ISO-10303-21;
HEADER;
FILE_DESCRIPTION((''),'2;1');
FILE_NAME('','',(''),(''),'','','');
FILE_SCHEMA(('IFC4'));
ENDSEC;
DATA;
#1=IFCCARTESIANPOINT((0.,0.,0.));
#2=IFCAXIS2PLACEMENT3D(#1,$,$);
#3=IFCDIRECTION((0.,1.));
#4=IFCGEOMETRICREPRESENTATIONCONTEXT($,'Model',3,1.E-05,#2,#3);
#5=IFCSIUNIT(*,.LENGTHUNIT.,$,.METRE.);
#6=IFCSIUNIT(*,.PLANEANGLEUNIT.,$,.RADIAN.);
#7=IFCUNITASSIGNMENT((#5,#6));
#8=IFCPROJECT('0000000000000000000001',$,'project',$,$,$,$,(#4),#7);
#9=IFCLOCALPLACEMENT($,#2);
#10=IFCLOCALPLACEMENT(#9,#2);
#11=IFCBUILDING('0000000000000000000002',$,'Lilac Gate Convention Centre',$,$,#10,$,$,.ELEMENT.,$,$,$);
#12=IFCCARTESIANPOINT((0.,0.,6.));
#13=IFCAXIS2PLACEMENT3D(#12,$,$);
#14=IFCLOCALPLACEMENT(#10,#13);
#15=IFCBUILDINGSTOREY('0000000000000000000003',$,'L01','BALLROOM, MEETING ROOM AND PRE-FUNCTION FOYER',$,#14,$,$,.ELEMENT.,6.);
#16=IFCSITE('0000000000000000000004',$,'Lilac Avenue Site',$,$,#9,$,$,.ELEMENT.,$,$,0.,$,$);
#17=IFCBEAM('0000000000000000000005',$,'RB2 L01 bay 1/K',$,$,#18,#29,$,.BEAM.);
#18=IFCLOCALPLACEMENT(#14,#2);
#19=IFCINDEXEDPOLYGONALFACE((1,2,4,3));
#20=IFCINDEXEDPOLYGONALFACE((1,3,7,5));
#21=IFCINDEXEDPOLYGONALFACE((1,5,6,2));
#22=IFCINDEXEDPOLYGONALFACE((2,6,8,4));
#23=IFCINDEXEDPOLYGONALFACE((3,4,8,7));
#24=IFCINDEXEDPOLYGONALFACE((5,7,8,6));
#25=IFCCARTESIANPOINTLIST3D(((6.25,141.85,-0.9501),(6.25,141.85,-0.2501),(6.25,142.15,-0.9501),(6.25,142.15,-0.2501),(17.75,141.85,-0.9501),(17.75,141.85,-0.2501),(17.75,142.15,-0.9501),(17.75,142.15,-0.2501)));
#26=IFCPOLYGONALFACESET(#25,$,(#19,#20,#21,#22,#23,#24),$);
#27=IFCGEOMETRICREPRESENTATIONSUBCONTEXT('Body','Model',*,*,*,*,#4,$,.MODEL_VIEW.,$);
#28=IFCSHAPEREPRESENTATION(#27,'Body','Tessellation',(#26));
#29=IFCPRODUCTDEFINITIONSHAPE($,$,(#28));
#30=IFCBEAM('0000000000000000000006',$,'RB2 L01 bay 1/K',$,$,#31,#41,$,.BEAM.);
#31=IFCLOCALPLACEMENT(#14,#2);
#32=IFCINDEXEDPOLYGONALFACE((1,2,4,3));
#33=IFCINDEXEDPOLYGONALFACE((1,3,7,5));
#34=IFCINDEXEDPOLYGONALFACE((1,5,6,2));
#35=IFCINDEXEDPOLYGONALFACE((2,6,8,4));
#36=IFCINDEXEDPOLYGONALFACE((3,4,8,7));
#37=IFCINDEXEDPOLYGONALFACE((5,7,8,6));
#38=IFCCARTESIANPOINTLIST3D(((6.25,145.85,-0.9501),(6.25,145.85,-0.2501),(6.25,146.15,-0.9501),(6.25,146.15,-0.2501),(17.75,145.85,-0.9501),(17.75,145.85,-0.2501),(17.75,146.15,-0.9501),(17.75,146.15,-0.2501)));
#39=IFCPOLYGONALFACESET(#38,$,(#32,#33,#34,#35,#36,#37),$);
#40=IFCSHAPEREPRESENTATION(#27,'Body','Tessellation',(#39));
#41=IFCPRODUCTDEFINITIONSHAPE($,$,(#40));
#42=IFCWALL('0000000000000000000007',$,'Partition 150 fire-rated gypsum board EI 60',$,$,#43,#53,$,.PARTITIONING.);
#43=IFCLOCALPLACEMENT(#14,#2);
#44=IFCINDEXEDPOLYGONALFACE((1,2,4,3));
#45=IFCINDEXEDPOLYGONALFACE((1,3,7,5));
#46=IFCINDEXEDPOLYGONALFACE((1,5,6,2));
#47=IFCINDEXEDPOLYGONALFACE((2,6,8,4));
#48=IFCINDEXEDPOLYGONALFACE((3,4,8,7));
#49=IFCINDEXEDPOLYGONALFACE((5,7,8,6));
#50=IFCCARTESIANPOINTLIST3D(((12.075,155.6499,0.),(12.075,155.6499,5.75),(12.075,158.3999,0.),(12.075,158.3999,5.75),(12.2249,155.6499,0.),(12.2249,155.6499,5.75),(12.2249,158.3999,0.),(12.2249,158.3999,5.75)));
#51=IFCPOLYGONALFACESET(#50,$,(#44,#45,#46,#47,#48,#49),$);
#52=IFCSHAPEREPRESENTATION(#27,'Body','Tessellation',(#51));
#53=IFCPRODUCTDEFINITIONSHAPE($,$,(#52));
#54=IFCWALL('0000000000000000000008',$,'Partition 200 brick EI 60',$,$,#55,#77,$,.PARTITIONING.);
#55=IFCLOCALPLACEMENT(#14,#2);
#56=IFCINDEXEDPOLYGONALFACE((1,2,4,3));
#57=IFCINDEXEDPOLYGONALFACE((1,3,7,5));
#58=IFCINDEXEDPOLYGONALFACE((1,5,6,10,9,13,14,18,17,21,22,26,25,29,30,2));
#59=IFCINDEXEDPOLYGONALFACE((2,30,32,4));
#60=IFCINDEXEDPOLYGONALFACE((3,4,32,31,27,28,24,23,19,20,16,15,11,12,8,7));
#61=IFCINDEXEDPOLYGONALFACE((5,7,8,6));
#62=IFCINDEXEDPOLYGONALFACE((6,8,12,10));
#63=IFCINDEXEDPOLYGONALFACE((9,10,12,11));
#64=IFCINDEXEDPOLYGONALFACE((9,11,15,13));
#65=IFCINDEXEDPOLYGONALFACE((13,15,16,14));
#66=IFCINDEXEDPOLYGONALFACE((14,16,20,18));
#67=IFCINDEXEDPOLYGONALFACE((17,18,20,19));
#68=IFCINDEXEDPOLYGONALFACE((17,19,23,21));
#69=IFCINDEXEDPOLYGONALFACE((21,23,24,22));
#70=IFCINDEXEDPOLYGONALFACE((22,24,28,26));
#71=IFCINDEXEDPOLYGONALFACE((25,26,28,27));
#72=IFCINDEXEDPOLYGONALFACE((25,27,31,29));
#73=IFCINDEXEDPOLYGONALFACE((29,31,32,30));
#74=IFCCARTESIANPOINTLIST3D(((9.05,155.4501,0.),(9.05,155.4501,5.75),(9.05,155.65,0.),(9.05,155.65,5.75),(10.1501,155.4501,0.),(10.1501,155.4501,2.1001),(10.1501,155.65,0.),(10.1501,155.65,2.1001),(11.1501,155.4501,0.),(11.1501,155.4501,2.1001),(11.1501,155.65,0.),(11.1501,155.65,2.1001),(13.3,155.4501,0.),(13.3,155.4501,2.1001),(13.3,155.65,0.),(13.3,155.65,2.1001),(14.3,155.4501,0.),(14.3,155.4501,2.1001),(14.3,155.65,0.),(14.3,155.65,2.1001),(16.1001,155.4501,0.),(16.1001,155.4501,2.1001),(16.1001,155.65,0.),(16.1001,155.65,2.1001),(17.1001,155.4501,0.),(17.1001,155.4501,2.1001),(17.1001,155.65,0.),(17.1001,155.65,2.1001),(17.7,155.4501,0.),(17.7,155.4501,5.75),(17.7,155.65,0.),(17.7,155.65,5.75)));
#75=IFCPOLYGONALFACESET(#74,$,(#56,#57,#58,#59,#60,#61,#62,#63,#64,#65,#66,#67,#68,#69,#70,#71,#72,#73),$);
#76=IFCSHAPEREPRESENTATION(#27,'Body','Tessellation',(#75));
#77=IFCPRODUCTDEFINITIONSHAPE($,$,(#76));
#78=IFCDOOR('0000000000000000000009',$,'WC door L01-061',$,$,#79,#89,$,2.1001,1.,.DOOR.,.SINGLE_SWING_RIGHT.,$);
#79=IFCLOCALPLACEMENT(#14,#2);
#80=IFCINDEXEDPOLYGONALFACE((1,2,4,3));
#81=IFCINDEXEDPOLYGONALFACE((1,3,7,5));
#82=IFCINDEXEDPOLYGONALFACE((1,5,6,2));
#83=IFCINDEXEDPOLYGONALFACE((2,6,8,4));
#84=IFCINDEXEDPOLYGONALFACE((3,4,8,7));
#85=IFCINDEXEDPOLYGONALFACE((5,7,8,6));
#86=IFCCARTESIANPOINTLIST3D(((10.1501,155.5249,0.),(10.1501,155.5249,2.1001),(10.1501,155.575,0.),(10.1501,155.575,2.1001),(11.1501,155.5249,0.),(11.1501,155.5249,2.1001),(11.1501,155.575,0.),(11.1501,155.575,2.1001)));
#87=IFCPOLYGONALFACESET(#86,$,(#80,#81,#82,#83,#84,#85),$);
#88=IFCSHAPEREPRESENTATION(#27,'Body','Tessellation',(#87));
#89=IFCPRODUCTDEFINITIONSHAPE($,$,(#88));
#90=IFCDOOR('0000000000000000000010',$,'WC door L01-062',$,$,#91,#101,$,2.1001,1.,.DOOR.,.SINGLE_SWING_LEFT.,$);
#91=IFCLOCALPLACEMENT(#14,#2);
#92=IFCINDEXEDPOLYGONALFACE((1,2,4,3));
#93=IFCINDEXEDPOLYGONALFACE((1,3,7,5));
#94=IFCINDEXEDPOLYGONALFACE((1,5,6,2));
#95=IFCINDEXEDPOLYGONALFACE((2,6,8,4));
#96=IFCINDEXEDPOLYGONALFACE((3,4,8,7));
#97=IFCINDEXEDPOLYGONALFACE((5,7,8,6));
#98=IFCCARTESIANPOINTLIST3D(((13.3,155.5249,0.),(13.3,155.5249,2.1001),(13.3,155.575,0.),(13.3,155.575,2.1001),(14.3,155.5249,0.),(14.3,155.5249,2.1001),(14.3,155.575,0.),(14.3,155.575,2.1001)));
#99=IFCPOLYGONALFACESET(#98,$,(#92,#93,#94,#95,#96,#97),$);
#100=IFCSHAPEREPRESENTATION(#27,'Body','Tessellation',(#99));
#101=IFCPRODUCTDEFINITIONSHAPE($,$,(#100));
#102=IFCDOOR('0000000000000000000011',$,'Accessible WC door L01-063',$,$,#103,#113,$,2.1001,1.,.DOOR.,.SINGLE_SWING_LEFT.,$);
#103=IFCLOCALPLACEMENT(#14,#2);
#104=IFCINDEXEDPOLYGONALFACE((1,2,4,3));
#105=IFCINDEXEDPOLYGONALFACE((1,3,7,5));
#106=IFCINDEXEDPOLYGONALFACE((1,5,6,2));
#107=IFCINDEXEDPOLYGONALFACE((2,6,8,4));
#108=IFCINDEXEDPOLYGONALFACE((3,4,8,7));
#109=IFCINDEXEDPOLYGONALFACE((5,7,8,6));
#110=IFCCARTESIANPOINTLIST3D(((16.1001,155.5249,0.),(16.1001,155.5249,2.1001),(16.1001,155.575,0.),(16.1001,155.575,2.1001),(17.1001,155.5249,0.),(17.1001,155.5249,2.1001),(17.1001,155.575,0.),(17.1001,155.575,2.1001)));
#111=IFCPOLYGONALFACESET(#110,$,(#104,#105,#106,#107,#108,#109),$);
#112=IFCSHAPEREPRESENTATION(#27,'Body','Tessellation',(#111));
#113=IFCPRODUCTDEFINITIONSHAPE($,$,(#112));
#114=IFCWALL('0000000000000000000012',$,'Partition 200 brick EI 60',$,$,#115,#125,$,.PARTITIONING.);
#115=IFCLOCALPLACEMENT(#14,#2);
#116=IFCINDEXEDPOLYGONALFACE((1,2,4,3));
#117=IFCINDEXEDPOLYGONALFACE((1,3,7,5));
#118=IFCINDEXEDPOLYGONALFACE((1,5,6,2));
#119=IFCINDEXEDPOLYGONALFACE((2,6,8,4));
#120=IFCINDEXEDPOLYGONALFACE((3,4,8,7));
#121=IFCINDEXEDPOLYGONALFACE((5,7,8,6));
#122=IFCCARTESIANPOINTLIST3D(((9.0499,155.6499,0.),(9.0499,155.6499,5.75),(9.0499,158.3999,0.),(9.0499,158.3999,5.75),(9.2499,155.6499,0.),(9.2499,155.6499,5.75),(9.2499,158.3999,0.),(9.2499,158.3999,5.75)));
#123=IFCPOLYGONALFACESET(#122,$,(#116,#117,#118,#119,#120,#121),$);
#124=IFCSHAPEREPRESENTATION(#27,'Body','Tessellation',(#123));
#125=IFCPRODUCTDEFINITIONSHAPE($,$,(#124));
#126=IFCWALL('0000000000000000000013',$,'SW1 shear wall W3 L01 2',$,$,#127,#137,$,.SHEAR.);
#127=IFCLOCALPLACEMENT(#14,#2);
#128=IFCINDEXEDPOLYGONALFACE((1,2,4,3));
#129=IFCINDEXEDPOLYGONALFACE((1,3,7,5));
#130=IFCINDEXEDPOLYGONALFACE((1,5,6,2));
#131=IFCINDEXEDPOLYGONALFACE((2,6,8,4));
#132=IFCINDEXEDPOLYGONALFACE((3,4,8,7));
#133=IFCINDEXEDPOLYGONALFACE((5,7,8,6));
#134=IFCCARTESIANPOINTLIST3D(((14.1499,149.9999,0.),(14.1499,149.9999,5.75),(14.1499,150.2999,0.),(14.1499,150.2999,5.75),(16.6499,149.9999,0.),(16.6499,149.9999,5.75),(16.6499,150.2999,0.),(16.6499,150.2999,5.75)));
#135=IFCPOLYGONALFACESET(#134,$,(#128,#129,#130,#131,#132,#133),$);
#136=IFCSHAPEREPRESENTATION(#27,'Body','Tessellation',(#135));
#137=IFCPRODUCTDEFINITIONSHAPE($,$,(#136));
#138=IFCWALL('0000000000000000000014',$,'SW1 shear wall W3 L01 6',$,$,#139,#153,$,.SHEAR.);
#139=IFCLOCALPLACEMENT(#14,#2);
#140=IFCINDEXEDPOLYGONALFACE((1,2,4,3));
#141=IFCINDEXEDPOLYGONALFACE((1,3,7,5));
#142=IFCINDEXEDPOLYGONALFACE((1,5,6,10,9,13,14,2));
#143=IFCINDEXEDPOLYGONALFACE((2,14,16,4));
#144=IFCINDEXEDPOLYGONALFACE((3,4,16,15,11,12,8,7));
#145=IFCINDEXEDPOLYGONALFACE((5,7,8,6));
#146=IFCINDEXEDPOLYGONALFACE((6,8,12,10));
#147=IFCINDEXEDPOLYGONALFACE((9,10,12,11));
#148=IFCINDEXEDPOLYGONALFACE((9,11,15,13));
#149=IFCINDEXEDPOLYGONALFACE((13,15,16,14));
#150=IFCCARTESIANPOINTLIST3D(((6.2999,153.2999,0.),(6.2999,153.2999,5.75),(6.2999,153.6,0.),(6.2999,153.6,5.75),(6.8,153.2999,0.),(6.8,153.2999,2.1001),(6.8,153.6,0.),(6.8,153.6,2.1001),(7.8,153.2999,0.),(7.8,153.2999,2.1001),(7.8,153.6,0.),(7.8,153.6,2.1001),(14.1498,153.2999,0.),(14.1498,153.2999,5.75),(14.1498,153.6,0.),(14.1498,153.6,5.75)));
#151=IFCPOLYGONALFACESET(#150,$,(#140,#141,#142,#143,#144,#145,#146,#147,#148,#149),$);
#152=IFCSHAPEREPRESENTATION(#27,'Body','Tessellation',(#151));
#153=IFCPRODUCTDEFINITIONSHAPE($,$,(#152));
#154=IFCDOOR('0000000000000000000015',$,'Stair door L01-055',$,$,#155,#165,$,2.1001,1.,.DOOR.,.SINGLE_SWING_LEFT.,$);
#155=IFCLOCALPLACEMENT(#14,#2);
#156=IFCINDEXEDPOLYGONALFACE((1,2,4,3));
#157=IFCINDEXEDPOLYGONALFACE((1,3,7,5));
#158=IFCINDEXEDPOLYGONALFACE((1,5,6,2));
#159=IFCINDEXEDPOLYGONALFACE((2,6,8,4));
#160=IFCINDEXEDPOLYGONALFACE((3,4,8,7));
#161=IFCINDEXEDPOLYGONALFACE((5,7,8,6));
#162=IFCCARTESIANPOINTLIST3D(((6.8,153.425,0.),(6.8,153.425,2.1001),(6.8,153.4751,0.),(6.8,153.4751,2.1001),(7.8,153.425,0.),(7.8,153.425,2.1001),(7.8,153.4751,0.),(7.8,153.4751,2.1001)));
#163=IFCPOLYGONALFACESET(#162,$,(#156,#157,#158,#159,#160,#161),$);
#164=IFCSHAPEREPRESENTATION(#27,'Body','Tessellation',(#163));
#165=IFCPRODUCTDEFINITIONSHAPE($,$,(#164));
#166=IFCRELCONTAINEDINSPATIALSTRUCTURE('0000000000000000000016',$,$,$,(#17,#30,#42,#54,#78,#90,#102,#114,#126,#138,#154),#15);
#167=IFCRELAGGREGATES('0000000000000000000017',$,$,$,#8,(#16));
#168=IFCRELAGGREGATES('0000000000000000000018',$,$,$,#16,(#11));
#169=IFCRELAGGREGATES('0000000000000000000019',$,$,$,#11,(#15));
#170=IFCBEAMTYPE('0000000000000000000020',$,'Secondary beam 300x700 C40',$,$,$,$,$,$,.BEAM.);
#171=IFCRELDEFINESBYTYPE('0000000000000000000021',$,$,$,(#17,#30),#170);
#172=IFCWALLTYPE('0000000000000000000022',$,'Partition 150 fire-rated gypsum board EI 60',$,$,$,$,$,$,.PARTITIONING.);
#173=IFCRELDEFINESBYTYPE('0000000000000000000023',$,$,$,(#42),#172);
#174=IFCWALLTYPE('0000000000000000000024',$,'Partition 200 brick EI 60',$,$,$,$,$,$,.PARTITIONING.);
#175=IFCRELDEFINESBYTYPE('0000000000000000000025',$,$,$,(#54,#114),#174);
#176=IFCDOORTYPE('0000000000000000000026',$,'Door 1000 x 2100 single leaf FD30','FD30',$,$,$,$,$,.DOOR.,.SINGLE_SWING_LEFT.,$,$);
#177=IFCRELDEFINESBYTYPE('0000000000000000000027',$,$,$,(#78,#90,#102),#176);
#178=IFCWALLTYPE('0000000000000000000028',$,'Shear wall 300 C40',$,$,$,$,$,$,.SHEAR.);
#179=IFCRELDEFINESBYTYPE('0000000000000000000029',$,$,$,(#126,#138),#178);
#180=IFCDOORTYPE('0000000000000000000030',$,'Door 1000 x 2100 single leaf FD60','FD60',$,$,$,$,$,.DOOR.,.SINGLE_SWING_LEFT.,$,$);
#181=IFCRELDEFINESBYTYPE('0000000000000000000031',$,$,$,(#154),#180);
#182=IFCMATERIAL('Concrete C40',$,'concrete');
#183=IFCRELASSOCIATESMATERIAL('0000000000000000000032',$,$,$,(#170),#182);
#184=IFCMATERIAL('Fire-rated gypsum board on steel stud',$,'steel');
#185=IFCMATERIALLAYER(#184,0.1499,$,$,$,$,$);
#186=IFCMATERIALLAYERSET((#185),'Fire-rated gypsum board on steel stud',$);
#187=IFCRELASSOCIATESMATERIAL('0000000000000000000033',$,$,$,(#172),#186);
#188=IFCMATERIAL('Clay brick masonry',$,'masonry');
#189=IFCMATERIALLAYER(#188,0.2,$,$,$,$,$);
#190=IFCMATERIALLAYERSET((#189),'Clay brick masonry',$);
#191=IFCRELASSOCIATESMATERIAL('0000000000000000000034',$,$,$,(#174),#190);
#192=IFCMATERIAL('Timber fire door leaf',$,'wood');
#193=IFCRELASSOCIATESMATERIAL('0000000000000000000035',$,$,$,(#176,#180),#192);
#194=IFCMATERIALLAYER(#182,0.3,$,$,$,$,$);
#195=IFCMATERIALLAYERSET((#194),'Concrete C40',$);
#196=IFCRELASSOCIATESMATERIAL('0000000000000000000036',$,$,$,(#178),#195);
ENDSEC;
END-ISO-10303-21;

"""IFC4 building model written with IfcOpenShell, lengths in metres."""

from ifc_helpers import new_model, si_unit, direction, frame, frame_2d, origin, origin_2d, place, context, subcontext, project, spatial, rectangle, extrude, material, layer, layer_set, material_profile, profile_set, type_object, element, fill, save


model = new_model("IFC4")

# Units and contexts
model_context = context("Model", 3, precision=1e-05, world=origin(), true_north=direction((0.0, 1.0)))
body_context = subcontext(model_context, "Body", "Model", "MODEL_VIEW")
ifc_project = project(units=[si_unit("LENGTHUNIT", "METRE"), si_unit("PLANEANGLEUNIT", "RADIAN")], contexts=[model_context])

# Site, building, storey
site_placement = place(None, origin())
site = spatial("IfcSite", under=ifc_project, at=site_placement, Name="Lilac Avenue Site", CompositionType="ELEMENT", RefElevation=0.0)
building_placement = place(site_placement, origin())
building = spatial("IfcBuilding", under=site, at=building_placement, Name="Lilac Gate Convention Centre", CompositionType="ELEMENT")
storey_placement = place(building_placement, frame((0.0, 0.0, 6.0)))
storey = spatial("IfcBuildingStorey", under=building, at=storey_placement, Name="L01", Description="BALLROOM, MEETING ROOM AND PRE-FUNCTION FOYER", CompositionType="ELEMENT", Elevation=6.0)

# Beams
ifc_material_1 = material(Name="Concrete C40", Category="concrete")
ifc_material_profile = material_profile(ifc_material_1, rectangle(XDim=0.3, YDim=0.7, at=origin_2d()), Name="RC 300x700")
ifc_profile_set = profile_set([ifc_material_profile], Name="Concrete C40")
beam_type = type_object("IfcBeamType", Name="Secondary beam 300x700 C40", PredefinedType="BEAM", material=ifc_profile_set)
for number, where, z_axis, x_axis, name in (
    (1, (6.25, 142.0, -0.6001), (1.0, 0.0, 0.0), (0.0, 1.0, 0.0), "RB2 L01 bay 1/K"),
    (2, (6.25, 146.0, -0.6001), (1.0, 0.0, 0.0), (0.0, 1.0, 0.0), "RB2 L01 bay 1/K"),
):
    element("IfcBeam", number, at=place(storey_placement, frame(where, z_axis=z_axis, x_axis=x_axis)), inside=storey, type_object=beam_type, Name=name, PredefinedType="BEAM", context=body_context, shape_type="SweptSolid", body=[
        extrude(rectangle(XDim=0.3, YDim=0.7, at=origin_2d()), origin(), (0.0, 0.0, 1.0), 11.5),
    ])

# Wall
ifc_material_2 = material(Name="Fire-rated gypsum board on steel stud", Category="steel")
ifc_layer_1 = layer(ifc_material_2, 0.1499)
ifc_layer_set_1 = layer_set([ifc_layer_1], Name="Fire-rated gypsum board on steel stud")
wall_type_1 = type_object("IfcWallType", Name="Partition 150 fire-rated gypsum board EI 60", PredefinedType="PARTITIONING", material=ifc_layer_set_1)
wall_1_placement = place(storey_placement, frame((12.1499, 155.6499, 0.0), z_axis=(0.0, 0.0, 1.0), x_axis=(0.0, 1.0, 0.0)))
element("IfcWall", 3, at=wall_1_placement, inside=storey, type_object=wall_type_1, Name="Partition 150 fire-rated gypsum board EI 60", PredefinedType="PARTITIONING", context=body_context, shape_type="SweptSolid", body=[
    extrude(rectangle(XDim=2.75, YDim=0.1499, at=frame_2d((1.375, 0.0))), origin(), (0.0, 0.0, 1.0), 5.75),
])

# Wall, openings, doors
ifc_material_3 = material(Name="Clay brick masonry", Category="masonry")
ifc_layer_2 = layer(ifc_material_3, 0.2)
ifc_layer_set_2 = layer_set([ifc_layer_2], Name="Clay brick masonry")
wall_type_2 = type_object("IfcWallType", Name="Partition 200 brick EI 60", PredefinedType="PARTITIONING", material=ifc_layer_set_2)
wall_2_placement = place(storey_placement, frame((9.05, 155.55, 0.0), z_axis=(0.0, 0.0, 1.0), x_axis=(1.0, 0.0, 0.0)))
wall_2 = element("IfcWall", 4, at=wall_2_placement, inside=storey, type_object=wall_type_2, Name="Partition 200 brick EI 60", PredefinedType="PARTITIONING", context=body_context, shape_type="SweptSolid", body=[
    extrude(rectangle(XDim=8.6499, YDim=0.2, at=frame_2d((4.325, 0.0))), origin(), (0.0, 0.0, 1.0), 5.75),
])
opening_1_placement = place(wall_2_placement, frame((1.1001, 0.0, 0.0)))
opening_1 = element("IfcOpeningElement", 5, at=opening_1_placement, cuts=wall_2, PredefinedType="OPENING", context=body_context, shape_type="SweptSolid", body=[
    extrude(rectangle(XDim=1.0, YDim=2.1001, at=frame_2d((0.5, 1.05))), frame((0.0, 0.1099, 0.0), z_axis=(0.0, -1.0, 0.0), x_axis=(1.0, 0.0, 0.0)), (0.0, 0.0, 1.0), 0.22),
])
opening_2_placement = place(wall_2_placement, frame((4.25, 0.0, 0.0)))
opening_2 = element("IfcOpeningElement", 6, at=opening_2_placement, cuts=wall_2, PredefinedType="OPENING", context=body_context, shape_type="SweptSolid", body=[
    extrude(rectangle(XDim=1.0, YDim=2.1001, at=frame_2d((0.5, 1.05))), frame((0.0, 0.1099, 0.0), z_axis=(0.0, -1.0, 0.0), x_axis=(1.0, 0.0, 0.0)), (0.0, 0.0, 1.0), 0.22),
])
opening_3_placement = place(wall_2_placement, frame((7.05, 0.0, 0.0)))
opening_3 = element("IfcOpeningElement", 7, at=opening_3_placement, cuts=wall_2, PredefinedType="OPENING", context=body_context, shape_type="SweptSolid", body=[
    extrude(rectangle(XDim=1.0, YDim=2.1001, at=frame_2d((0.5, 1.05))), frame((0.0, 0.1099, 0.0), z_axis=(0.0, -1.0, 0.0), x_axis=(1.0, 0.0, 0.0)), (0.0, 0.0, 1.0), 0.22),
])
ifc_material_4 = material(Name="Timber fire door leaf", Category="wood")
door_type_1 = type_object("IfcDoorType", Name="Door 1000 x 2100 single leaf FD30", Description="FD30", OperationType="SINGLE_SWING_LEFT", PredefinedType="DOOR", material=ifc_material_4)
door_1_placement = place(opening_1_placement, origin())
door_1 = element("IfcDoor", 8, at=door_1_placement, inside=storey, type_object=door_type_1, Name="WC door L01-061", OperationType="SINGLE_SWING_RIGHT", OverallHeight=2.1001, OverallWidth=1.0, PredefinedType="DOOR", context=body_context, shape_type="SweptSolid", body=[
    extrude(rectangle(XDim=1.0, YDim=2.1001, at=frame_2d((0.5, 1.05))), frame((0.0, 0.0249, 0.0), z_axis=(0.0, -1.0, 0.0), x_axis=(1.0, 0.0, 0.0)), (0.0, 0.0, 1.0), 0.05),
])
fill(opening_1, door_1)
door_2_placement = place(opening_2_placement, origin())
door_2 = element("IfcDoor", 9, at=door_2_placement, inside=storey, type_object=door_type_1, Name="WC door L01-062", OperationType="SINGLE_SWING_LEFT", OverallHeight=2.1001, OverallWidth=1.0, PredefinedType="DOOR", context=body_context, shape_type="SweptSolid", body=[
    extrude(rectangle(XDim=1.0, YDim=2.1001, at=frame_2d((0.5, 1.05))), frame((0.0, 0.0249, 0.0), z_axis=(0.0, -1.0, 0.0), x_axis=(1.0, 0.0, 0.0)), (0.0, 0.0, 1.0), 0.05),
])
fill(opening_2, door_2)
door_3_placement = place(opening_3_placement, origin())
door_3 = element("IfcDoor", 10, at=door_3_placement, inside=storey, type_object=door_type_1, Name="Accessible WC door L01-063", OperationType="SINGLE_SWING_LEFT", OverallHeight=2.1001, OverallWidth=1.0, PredefinedType="DOOR", context=body_context, shape_type="SweptSolid", body=[
    extrude(rectangle(XDim=1.0, YDim=2.1001, at=frame_2d((0.5, 1.05))), frame((0.0, 0.0249, 0.0), z_axis=(0.0, -1.0, 0.0), x_axis=(1.0, 0.0, 0.0)), (0.0, 0.0, 1.0), 0.05),
])
fill(opening_3, door_3)

# Walls
wall_3_placement = place(storey_placement, frame((9.1499, 155.6499, 0.0), z_axis=(0.0, 0.0, 1.0), x_axis=(0.0, 1.0, 0.0)))
element("IfcWall", 11, at=wall_3_placement, inside=storey, type_object=wall_type_2, Name="Partition 200 brick EI 60", PredefinedType="PARTITIONING", context=body_context, shape_type="SweptSolid", body=[
    extrude(rectangle(XDim=2.75, YDim=0.2, at=frame_2d((1.375, 0.0))), origin(), (0.0, 0.0, 1.0), 5.75),
])
ifc_layer_3 = layer(ifc_material_1, 0.3)
ifc_layer_set_3 = layer_set([ifc_layer_3], Name="Concrete C40")
wall_type_3 = type_object("IfcWallType", Name="Shear wall 300 C40", PredefinedType="SHEAR", material=ifc_layer_set_3)
wall_4_placement = place(storey_placement, frame((14.1499, 150.1499, 0.0), z_axis=(0.0, 0.0, 1.0), x_axis=(1.0, 0.0, 0.0)))
element("IfcWall", 12, at=wall_4_placement, inside=storey, type_object=wall_type_3, Name="SW1 shear wall W3 L01 2", PredefinedType="SHEAR", context=body_context, shape_type="SweptSolid", body=[
    extrude(rectangle(XDim=2.5, YDim=0.3, at=frame_2d((1.25, 0.0))), origin(), (0.0, 0.0, 1.0), 5.75),
])

# Wall, opening, door
wall_5_placement = place(storey_placement, frame((6.3, 153.45, 0.0), z_axis=(0.0, 0.0, 1.0), x_axis=(1.0, 0.0, 0.0)))
wall_5 = element("IfcWall", 13, at=wall_5_placement, inside=storey, type_object=wall_type_3, Name="SW1 shear wall W3 L01 6", PredefinedType="SHEAR", context=body_context, shape_type="SweptSolid", body=[
    extrude(rectangle(XDim=7.8499, YDim=0.3, at=frame_2d((3.9248, 0.0))), origin(), (0.0, 0.0, 1.0), 5.75),
])
opening_4_placement = place(wall_5_placement, frame((0.5, 0.0, 0.0)))
opening_4 = element("IfcOpeningElement", 14, at=opening_4_placement, cuts=wall_5, PredefinedType="OPENING", context=body_context, shape_type="SweptSolid", body=[
    extrude(rectangle(XDim=1.0, YDim=2.1001, at=frame_2d((0.5, 1.05))), frame((0.0, 0.1599, 0.0), z_axis=(0.0, -1.0, 0.0), x_axis=(1.0, 0.0, 0.0)), (0.0, 0.0, 1.0), 0.3201),
])
door_type_2 = type_object("IfcDoorType", Name="Door 1000 x 2100 single leaf FD60", Description="FD60", OperationType="SINGLE_SWING_LEFT", PredefinedType="DOOR", material=ifc_material_4)
door_4_placement = place(opening_4_placement, frame((1.0, 0.0, 0.0), z_axis=(0.0, 0.0, 1.0), x_axis=(-1.0, 0.0, 0.0)))
door_4 = element("IfcDoor", 15, at=door_4_placement, inside=storey, type_object=door_type_2, Name="Stair door L01-055", OperationType="SINGLE_SWING_LEFT", OverallHeight=2.1001, OverallWidth=1.0, PredefinedType="DOOR", context=body_context, shape_type="SweptSolid", body=[
    extrude(rectangle(XDim=1.0, YDim=2.1001, at=frame_2d((0.5, 1.05))), frame((0.0, 0.0249, 0.0), z_axis=(0.0, -1.0, 0.0), x_axis=(1.0, 0.0, 0.0)), (0.0, 0.0, 1.0), 0.05),
])
fill(opening_4, door_4)

save(model, "model.ifc")
